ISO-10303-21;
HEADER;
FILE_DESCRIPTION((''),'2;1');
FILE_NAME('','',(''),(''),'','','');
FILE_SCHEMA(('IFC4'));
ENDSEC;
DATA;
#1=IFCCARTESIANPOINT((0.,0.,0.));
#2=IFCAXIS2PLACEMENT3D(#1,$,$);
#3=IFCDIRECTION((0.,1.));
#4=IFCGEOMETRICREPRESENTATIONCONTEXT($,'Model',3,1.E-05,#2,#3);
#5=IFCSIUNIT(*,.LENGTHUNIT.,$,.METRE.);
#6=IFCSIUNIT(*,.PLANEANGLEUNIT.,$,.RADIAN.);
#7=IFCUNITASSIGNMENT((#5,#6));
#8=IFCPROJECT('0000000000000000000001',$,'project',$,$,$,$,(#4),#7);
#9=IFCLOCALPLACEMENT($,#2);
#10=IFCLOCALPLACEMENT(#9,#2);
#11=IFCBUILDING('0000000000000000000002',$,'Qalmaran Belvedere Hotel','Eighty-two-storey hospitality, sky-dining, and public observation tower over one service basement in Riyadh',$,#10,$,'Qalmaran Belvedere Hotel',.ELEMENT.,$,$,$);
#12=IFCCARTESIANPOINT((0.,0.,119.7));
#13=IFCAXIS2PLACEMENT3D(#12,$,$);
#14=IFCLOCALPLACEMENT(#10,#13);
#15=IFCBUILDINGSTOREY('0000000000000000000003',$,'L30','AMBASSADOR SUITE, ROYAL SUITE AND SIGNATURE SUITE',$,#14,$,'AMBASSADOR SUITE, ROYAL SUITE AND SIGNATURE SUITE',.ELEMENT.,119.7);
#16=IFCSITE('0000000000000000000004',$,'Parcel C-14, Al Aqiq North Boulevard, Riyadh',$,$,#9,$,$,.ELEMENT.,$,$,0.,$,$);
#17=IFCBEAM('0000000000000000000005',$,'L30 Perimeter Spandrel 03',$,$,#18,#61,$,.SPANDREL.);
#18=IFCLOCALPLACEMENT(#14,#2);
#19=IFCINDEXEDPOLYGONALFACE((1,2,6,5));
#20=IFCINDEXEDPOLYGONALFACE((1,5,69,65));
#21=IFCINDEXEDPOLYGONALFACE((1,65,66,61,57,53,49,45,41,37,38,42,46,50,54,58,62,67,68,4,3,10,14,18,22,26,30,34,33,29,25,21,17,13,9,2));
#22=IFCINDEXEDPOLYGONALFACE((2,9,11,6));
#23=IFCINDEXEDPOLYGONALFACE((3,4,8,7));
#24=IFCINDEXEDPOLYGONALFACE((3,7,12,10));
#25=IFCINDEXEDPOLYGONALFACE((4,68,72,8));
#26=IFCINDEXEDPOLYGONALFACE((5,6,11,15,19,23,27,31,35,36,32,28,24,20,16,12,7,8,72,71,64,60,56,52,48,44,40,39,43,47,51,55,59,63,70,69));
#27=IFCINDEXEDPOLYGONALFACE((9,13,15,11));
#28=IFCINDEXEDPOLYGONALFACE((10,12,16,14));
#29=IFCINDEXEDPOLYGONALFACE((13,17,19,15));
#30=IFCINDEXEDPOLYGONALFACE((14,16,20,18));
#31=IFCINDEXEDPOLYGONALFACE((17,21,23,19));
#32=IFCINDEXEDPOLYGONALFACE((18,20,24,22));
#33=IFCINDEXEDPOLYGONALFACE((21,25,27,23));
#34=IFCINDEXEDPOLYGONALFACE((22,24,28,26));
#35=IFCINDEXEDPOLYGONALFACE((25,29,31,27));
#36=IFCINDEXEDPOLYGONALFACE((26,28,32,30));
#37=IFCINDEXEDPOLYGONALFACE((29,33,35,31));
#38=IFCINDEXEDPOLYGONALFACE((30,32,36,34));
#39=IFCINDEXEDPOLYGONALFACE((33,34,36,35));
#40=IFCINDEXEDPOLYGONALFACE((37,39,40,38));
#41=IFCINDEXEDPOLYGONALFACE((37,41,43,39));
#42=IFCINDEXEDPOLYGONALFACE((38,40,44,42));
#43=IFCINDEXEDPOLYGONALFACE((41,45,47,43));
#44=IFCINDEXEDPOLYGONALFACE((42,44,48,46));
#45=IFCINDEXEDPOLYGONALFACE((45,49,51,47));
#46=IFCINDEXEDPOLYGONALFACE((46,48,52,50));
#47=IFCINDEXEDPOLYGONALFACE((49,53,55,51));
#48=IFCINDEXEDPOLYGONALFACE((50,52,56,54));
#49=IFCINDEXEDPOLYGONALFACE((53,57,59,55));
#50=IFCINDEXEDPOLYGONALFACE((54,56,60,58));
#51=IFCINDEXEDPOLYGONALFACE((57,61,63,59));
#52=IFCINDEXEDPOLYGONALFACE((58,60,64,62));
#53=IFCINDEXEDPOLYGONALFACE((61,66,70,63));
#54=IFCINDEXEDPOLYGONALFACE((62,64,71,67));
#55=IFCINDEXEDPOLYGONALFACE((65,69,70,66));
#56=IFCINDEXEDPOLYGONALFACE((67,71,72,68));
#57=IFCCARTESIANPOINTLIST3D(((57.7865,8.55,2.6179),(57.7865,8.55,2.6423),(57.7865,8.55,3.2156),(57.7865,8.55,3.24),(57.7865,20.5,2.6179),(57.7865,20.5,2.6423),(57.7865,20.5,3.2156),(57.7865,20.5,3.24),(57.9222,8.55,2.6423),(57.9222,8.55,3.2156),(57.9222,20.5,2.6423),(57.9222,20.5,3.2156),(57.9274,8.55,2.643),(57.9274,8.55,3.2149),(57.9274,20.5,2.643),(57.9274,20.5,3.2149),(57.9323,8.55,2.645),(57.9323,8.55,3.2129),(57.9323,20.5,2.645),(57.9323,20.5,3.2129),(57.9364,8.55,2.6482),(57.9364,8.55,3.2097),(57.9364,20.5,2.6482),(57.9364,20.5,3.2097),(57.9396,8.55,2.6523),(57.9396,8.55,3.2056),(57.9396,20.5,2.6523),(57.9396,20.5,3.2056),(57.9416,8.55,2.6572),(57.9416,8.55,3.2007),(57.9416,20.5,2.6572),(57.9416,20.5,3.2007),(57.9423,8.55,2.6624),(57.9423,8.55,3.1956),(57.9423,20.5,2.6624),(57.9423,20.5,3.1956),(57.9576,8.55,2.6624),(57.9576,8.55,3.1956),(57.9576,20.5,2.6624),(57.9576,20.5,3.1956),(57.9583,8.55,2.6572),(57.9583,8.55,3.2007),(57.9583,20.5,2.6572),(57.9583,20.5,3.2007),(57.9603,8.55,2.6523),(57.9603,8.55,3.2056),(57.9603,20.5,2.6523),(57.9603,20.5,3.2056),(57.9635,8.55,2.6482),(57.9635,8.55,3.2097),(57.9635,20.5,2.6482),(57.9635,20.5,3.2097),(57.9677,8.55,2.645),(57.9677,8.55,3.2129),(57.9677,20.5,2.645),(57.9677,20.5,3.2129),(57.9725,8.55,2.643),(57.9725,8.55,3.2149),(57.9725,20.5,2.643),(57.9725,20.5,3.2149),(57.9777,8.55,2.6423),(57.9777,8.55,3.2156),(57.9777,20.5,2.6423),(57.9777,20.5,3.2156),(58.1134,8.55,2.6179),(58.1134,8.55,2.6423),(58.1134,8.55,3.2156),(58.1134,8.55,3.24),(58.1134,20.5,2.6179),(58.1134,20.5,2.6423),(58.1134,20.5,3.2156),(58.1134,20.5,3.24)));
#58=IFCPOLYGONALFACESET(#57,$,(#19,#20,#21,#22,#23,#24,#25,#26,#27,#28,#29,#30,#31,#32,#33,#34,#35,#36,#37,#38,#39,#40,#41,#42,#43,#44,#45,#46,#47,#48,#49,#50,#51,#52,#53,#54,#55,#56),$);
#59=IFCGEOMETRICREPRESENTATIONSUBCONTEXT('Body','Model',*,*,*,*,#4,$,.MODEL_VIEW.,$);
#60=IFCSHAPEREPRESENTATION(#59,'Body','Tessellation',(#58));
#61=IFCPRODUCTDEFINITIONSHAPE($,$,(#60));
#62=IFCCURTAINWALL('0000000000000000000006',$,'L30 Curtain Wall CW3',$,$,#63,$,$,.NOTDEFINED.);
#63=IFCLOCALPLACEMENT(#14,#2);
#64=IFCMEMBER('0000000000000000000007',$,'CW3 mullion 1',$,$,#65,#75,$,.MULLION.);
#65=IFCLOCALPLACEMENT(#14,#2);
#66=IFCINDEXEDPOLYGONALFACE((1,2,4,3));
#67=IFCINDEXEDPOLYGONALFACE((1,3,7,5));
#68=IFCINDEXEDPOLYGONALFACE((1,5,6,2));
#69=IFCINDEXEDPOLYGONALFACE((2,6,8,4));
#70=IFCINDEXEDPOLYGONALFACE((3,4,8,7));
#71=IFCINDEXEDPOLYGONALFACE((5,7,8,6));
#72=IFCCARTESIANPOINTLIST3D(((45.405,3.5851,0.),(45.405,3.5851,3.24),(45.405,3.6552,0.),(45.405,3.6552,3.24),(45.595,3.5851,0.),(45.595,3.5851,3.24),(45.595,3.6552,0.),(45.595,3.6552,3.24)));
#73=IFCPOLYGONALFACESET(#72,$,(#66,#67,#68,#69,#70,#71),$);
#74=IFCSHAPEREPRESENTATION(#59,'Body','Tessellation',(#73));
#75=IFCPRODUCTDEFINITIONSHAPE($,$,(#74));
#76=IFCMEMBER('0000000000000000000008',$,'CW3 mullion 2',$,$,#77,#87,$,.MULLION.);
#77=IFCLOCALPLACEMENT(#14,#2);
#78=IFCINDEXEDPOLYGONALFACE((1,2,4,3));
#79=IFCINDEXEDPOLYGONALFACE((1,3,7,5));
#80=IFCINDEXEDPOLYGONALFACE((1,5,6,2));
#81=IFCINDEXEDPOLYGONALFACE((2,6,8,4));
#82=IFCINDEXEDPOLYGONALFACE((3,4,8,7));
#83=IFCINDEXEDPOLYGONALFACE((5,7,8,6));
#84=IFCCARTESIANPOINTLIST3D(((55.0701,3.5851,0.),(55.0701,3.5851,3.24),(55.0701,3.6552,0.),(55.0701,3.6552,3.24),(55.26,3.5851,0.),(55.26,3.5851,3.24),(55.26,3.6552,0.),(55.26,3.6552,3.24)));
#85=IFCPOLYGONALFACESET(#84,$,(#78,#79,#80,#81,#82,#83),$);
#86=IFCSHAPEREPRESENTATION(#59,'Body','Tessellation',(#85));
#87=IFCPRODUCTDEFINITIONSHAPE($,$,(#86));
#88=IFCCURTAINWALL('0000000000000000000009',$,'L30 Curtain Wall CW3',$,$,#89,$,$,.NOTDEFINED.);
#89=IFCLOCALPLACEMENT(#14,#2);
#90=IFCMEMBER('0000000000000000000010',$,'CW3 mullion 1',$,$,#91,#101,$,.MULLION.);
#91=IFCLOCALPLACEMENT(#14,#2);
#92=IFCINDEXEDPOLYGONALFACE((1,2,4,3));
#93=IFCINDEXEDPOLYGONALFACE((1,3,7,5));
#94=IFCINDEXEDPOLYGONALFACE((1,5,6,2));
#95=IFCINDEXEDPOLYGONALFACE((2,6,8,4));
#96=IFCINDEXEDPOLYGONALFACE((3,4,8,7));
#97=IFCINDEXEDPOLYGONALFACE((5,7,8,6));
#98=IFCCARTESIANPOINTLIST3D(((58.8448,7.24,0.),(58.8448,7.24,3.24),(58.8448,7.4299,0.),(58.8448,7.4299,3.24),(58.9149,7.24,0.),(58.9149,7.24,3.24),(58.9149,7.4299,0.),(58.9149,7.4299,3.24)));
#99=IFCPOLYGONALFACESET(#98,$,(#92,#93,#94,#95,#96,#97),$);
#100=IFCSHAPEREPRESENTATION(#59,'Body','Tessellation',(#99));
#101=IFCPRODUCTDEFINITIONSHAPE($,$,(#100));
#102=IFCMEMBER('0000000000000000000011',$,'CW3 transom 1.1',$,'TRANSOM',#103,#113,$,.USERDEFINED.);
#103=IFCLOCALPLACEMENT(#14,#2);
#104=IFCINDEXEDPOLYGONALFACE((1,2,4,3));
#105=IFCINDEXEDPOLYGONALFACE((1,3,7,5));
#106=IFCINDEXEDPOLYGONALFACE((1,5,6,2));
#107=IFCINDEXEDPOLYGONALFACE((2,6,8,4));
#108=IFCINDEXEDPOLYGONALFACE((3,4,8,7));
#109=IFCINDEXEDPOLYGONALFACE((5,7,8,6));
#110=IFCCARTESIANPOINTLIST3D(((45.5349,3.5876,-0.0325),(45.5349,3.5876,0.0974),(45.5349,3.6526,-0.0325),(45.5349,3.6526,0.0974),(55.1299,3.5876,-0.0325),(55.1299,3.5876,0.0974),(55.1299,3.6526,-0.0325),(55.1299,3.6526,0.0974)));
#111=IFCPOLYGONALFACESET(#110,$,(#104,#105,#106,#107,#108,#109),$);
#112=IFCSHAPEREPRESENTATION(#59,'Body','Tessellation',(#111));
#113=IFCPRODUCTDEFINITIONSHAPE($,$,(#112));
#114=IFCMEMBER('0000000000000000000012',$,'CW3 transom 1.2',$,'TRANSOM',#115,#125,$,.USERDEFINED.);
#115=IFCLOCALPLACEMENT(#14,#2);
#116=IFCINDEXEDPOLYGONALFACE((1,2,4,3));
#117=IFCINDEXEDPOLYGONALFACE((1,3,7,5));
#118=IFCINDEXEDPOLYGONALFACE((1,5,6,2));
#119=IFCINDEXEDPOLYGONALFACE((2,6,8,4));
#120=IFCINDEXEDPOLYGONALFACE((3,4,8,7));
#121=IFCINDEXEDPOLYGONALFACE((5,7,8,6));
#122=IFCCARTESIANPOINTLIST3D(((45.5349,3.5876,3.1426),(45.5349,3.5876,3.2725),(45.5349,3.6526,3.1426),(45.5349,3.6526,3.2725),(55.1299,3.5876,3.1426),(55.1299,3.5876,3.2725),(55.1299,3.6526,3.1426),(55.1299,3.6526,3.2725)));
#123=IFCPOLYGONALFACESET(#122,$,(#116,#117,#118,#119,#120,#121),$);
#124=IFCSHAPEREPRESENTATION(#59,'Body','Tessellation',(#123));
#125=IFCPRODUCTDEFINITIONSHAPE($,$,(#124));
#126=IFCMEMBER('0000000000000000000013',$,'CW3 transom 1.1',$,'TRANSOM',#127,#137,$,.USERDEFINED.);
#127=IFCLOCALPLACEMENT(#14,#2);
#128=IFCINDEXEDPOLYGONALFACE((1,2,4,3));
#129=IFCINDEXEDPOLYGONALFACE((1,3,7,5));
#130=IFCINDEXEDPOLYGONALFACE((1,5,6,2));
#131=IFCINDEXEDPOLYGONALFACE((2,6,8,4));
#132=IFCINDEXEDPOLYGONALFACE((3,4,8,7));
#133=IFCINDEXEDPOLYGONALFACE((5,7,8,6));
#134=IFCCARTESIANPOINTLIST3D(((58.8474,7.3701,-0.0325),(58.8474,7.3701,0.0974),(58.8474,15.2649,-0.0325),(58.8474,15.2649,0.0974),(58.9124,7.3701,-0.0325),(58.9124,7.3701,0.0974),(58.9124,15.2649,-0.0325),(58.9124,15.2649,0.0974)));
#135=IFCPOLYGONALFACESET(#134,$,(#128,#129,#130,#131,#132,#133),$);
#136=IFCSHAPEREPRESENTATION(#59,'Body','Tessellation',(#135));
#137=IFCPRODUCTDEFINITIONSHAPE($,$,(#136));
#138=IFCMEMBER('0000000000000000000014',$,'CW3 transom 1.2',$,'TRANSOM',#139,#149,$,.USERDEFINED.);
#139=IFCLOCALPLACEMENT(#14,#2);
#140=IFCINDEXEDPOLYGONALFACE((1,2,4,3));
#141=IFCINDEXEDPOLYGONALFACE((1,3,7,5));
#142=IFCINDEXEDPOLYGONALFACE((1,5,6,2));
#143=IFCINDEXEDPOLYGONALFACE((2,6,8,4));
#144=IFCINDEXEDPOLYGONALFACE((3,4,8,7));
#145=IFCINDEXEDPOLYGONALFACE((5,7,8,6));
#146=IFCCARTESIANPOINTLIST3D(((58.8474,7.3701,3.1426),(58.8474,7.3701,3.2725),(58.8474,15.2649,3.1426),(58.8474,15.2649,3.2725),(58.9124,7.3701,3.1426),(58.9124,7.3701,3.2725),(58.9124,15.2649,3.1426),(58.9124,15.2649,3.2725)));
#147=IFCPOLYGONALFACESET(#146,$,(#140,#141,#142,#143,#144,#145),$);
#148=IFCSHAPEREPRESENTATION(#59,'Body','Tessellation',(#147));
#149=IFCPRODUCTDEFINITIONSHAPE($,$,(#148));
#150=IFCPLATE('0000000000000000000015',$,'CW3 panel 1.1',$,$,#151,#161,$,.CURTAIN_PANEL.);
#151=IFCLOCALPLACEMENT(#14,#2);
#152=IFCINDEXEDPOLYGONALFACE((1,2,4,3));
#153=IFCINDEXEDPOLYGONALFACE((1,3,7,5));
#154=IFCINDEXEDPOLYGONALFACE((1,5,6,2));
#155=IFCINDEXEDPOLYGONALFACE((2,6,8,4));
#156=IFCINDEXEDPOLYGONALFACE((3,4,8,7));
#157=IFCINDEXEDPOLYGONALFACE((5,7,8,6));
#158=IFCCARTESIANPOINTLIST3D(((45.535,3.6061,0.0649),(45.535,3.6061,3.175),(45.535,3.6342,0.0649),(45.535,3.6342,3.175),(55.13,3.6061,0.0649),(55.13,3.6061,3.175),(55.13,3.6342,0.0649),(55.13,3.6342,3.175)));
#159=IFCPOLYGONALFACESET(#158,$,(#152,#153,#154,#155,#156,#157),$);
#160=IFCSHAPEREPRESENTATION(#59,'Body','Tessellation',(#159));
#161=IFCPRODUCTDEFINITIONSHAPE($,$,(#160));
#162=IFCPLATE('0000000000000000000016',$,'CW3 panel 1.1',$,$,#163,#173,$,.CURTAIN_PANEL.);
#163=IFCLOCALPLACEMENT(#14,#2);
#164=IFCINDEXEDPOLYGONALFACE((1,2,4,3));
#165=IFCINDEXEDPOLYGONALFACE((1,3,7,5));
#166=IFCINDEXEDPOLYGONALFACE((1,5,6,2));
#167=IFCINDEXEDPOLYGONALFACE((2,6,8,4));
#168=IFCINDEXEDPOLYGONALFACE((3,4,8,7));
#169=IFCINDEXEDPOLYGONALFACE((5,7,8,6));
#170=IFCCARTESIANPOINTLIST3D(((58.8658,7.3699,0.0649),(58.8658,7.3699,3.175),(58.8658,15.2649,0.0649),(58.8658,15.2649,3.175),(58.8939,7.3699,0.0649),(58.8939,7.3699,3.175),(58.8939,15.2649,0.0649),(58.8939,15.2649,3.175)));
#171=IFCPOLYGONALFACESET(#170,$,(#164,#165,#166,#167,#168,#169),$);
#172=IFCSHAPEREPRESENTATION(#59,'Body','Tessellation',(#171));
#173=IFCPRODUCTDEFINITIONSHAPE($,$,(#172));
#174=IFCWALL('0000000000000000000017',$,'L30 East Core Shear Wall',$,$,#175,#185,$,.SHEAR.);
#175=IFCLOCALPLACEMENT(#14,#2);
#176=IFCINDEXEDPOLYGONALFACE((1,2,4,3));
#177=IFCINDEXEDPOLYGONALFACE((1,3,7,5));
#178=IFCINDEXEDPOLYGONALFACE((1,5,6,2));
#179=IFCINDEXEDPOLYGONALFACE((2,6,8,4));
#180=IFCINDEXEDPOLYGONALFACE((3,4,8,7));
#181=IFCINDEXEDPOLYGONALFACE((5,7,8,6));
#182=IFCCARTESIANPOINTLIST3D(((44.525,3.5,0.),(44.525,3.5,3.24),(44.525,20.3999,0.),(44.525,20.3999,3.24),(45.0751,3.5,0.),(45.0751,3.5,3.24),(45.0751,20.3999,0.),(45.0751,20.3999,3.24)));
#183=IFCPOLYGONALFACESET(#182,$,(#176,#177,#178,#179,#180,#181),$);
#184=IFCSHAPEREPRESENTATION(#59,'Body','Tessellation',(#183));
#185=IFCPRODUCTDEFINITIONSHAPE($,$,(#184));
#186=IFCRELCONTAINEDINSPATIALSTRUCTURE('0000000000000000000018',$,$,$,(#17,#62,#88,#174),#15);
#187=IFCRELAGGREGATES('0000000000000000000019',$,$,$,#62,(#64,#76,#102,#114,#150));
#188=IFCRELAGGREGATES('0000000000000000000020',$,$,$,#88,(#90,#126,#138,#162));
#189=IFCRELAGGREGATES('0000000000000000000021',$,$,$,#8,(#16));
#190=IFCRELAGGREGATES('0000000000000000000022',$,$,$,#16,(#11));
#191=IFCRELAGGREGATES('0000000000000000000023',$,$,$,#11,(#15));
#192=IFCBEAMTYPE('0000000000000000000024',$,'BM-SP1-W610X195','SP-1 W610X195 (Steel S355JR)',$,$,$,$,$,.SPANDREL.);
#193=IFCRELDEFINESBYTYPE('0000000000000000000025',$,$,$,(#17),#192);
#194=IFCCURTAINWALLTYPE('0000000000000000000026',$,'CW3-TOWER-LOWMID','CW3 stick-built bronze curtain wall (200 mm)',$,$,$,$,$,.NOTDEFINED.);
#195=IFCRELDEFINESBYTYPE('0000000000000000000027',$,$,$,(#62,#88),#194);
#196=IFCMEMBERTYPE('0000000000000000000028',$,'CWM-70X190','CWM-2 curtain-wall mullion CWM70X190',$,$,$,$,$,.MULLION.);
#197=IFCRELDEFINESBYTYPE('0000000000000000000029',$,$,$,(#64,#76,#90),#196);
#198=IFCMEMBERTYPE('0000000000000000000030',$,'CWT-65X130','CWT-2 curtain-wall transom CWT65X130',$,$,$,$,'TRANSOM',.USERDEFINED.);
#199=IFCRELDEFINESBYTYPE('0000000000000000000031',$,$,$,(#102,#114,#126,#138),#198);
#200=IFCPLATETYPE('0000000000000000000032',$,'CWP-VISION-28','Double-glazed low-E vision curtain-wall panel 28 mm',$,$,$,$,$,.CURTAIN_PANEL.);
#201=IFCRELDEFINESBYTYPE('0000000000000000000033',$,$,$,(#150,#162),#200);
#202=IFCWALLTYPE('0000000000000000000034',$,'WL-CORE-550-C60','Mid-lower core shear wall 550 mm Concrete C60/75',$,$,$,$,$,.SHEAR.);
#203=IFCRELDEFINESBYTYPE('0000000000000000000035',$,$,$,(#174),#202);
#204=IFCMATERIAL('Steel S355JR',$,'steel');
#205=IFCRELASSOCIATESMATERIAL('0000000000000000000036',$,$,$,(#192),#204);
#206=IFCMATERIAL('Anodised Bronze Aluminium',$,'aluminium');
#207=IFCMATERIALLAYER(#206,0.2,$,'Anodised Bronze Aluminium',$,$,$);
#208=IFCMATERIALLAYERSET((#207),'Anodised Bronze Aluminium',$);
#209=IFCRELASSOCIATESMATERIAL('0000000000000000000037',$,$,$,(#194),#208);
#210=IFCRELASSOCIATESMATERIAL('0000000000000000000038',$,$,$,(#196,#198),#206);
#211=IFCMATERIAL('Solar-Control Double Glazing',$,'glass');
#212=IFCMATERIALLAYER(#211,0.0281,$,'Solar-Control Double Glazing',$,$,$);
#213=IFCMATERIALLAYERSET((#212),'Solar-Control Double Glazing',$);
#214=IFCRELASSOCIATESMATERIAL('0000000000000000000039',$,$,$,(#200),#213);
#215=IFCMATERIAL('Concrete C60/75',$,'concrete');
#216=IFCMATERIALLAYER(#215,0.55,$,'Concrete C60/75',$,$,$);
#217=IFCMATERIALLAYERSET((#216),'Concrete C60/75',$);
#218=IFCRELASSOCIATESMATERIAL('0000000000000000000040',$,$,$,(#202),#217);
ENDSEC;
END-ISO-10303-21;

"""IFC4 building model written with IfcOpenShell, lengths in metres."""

from ifc_helpers import new_model, si_unit, direction, frame, frame_2d, origin, origin_2d, place, context, subcontext, project, spatial, rectangle, i_section, extrude, material, layer, layer_set, material_profile, profile_set, type_object, element, aggregate, save


model = new_model("IFC4")

# Units and contexts
model_context = context("Model", 3, precision=1e-05, world=origin(), true_north=direction((0.0, 1.0)))
body_context = subcontext(model_context, "Body", "Model", "MODEL_VIEW")
ifc_project = project(units=[si_unit("LENGTHUNIT", "METRE"), si_unit("PLANEANGLEUNIT", "RADIAN")], contexts=[model_context])

# Site, building, storey
site_placement = place(None, origin())
site = spatial("IfcSite", under=ifc_project, at=site_placement, Name="Parcel C-14, Al Aqiq North Boulevard, Riyadh", CompositionType="ELEMENT", RefElevation=0.0)
building_placement = place(site_placement, origin())
building = spatial("IfcBuilding", under=site, at=building_placement, Name="Qalmaran Belvedere Hotel", Description="Eighty-two-storey hospitality, sky-dining, and public observation tower over one service basement in Riyadh", LongName="Qalmaran Belvedere Hotel", CompositionType="ELEMENT")
storey_placement = place(building_placement, frame((0.0, 0.0, 119.7)))
storey = spatial("IfcBuildingStorey", under=building, at=storey_placement, Name="L30", Description="AMBASSADOR SUITE, ROYAL SUITE AND SIGNATURE SUITE", LongName="AMBASSADOR SUITE, ROYAL SUITE AND SIGNATURE SUITE", CompositionType="ELEMENT", Elevation=119.7)

# Shared definitions
ifc_material_1 = material(Name="Concrete C60/75", Category="concrete")

# Beam
ifc_material_2 = material(Name="Steel S355JR", Category="steel")
ifc_material_profile_1 = material_profile(ifc_material_2, i_section(OverallWidth=0.3269, OverallDepth=0.6221, WebThickness=0.0154, FlangeThickness=0.0244, FilletRadius=0.02, at=origin_2d()), Name="W610X195")
ifc_profile_set_1 = profile_set([ifc_material_profile_1], Name="Steel S355JR")
beam_type_1 = type_object("IfcBeamType", Name="BM-SP1-W610X195", Description="SP-1 W610X195 (Steel S355JR)", PredefinedType="SPANDREL", material=ifc_profile_set_1)
beam_1_placement = place(storey_placement, frame((57.95, 8.55, 2.929), z_axis=(0.0, 1.0, 0.0), x_axis=(-1.0, 0.0, 0.0)))
element("IfcBeam", 1, at=beam_1_placement, inside=storey, type_object=beam_type_1, Name="L30 Perimeter Spandrel 03", PredefinedType="SPANDREL", context=body_context, shape_type="SweptSolid", body=[
    extrude(i_section(OverallWidth=0.3269, OverallDepth=0.6221, WebThickness=0.0154, FlangeThickness=0.0244, FilletRadius=0.02, at=origin_2d()), origin(), (0.0, 0.0, 1.0), 11.95),
])

# Curtain wall, members
ifc_material_3 = material(Name="Anodised Bronze Aluminium", Category="aluminium")
ifc_layer_1 = layer(ifc_material_3, 0.2, Name="Anodised Bronze Aluminium")
ifc_layer_set_1 = layer_set([ifc_layer_1], Name="Anodised Bronze Aluminium")
curtain_wall_type = type_object("IfcCurtainWallType", Name="CW3-TOWER-LOWMID", Description="CW3 stick-built bronze curtain wall (200 mm)", PredefinedType="NOTDEFINED", material=ifc_layer_set_1)
curtain_wall_1_placement = place(storey_placement, origin())
curtain_wall_1 = element("IfcCurtainWall", 2, at=curtain_wall_1_placement, inside=storey, type_object=curtain_wall_type, Name="L30 Curtain Wall CW3", PredefinedType="NOTDEFINED")
ifc_material_profile_2 = material_profile(ifc_material_3, rectangle(XDim=0.0701, YDim=0.1899, at=origin_2d()), Name="CWM70X190")
ifc_profile_set_2 = profile_set([ifc_material_profile_2], Name="Anodised Bronze Aluminium")
member_type_1 = type_object("IfcMemberType", Name="CWM-70X190", Description="CWM-2 curtain-wall mullion CWM70X190", PredefinedType="MULLION", material=ifc_profile_set_2)
member_1_placement = place(storey_placement, frame((45.5, 3.6201, 0.0), z_axis=(0.0, 0.0, 1.0), x_axis=(0.0, 1.0, 0.0)))
member_1 = element("IfcMember", 3, at=member_1_placement, type_object=member_type_1, Name="CW3 mullion 1", PredefinedType="MULLION", context=body_context, shape_type="SweptSolid", body=[
    extrude(rectangle(XDim=0.0701, YDim=0.1899, at=origin_2d()), origin(), (0.0, 0.0, 1.0), 3.24),
])
member_2_placement = place(storey_placement, frame((55.165, 3.6201, 0.0), z_axis=(0.0, 0.0, 1.0), x_axis=(0.0, 1.0, 0.0)))
member_2 = element("IfcMember", 4, at=member_2_placement, type_object=member_type_1, Name="CW3 mullion 2", PredefinedType="MULLION", context=body_context, shape_type="SweptSolid", body=[
    extrude(rectangle(XDim=0.0701, YDim=0.1899, at=origin_2d()), origin(), (0.0, 0.0, 1.0), 3.24),
])

# Curtain wall, member
curtain_wall_2_placement = place(storey_placement, origin())
curtain_wall_2 = element("IfcCurtainWall", 5, at=curtain_wall_2_placement, inside=storey, type_object=curtain_wall_type, Name="L30 Curtain Wall CW3", PredefinedType="NOTDEFINED")
member_3_placement = place(storey_placement, frame((58.8799, 7.335, 0.0), z_axis=(0.0, 0.0, 1.0), x_axis=(-1.0, 0.0, 0.0)))
member_3 = element("IfcMember", 6, at=member_3_placement, type_object=member_type_1, Name="CW3 mullion 1", PredefinedType="MULLION", context=body_context, shape_type="SweptSolid", body=[
    extrude(rectangle(XDim=0.0701, YDim=0.1899, at=origin_2d()), origin(), (0.0, 0.0, 1.0), 3.24),
])

# Members
ifc_material_profile_3 = material_profile(ifc_material_3, rectangle(XDim=0.0649, YDim=0.1299, at=origin_2d()), Name="CWT65X130")
ifc_profile_set_3 = profile_set([ifc_material_profile_3], Name="Anodised Bronze Aluminium")
member_type_2 = type_object("IfcMemberType", Name="CWT-65X130", Description="CWT-2 curtain-wall transom CWT65X130", ElementType="TRANSOM", PredefinedType="USERDEFINED", material=ifc_profile_set_3)
member_4_placement = place(storey_placement, frame((45.5349, 3.6201, 0.0325), z_axis=(1.0, 0.0, 0.0), x_axis=(0.0, 1.0, 0.0)))
member_4 = element("IfcMember", 7, at=member_4_placement, type_object=member_type_2, Name="CW3 transom 1.1", ObjectType="TRANSOM", PredefinedType="USERDEFINED", context=body_context, shape_type="SweptSolid", body=[
    extrude(rectangle(XDim=0.0649, YDim=0.1299, at=origin_2d()), origin(), (0.0, 0.0, 1.0), 9.595),
])
member_5_placement = place(storey_placement, frame((45.5349, 3.6201, 3.2075), z_axis=(1.0, 0.0, 0.0), x_axis=(0.0, 1.0, 0.0)))
member_5 = element("IfcMember", 8, at=member_5_placement, type_object=member_type_2, Name="CW3 transom 1.2", ObjectType="TRANSOM", PredefinedType="USERDEFINED", context=body_context, shape_type="SweptSolid", body=[
    extrude(rectangle(XDim=0.0649, YDim=0.1299, at=origin_2d()), origin(), (0.0, 0.0, 1.0), 9.595),
])
member_6_placement = place(storey_placement, frame((58.8799, 7.3701, 0.0325), z_axis=(0.0, 1.0, 0.0), x_axis=(-1.0, 0.0, 0.0)))
member_6 = element("IfcMember", 9, at=member_6_placement, type_object=member_type_2, Name="CW3 transom 1.1", ObjectType="TRANSOM", PredefinedType="USERDEFINED", context=body_context, shape_type="SweptSolid", body=[
    extrude(rectangle(XDim=0.0649, YDim=0.1299, at=origin_2d()), origin(), (0.0, 0.0, 1.0), 7.8948),
])
member_7_placement = place(storey_placement, frame((58.8799, 7.3701, 3.2075), z_axis=(0.0, 1.0, 0.0), x_axis=(-1.0, 0.0, 0.0)))
member_7 = element("IfcMember", 10, at=member_7_placement, type_object=member_type_2, Name="CW3 transom 1.2", ObjectType="TRANSOM", PredefinedType="USERDEFINED", context=body_context, shape_type="SweptSolid", body=[
    extrude(rectangle(XDim=0.0649, YDim=0.1299, at=origin_2d()), origin(), (0.0, 0.0, 1.0), 7.8948),
])

# Plates
ifc_material_4 = material(Name="Solar-Control Double Glazing", Category="glass")
ifc_layer_2 = layer(ifc_material_4, 0.0281, Name="Solar-Control Double Glazing")
ifc_layer_set_2 = layer_set([ifc_layer_2], Name="Solar-Control Double Glazing")
plate_type = type_object("IfcPlateType", Name="CWP-VISION-28", Description="Double-glazed low-E vision curtain-wall panel 28 mm", PredefinedType="CURTAIN_PANEL", material=ifc_layer_set_2)
plate_1_placement = place(storey_placement, frame((50.3325, 3.6201, 0.0649), z_axis=(0.0, 0.0, 1.0), x_axis=(1.0, 0.0, 0.0)))
plate_1 = element("IfcPlate", 11, at=plate_1_placement, type_object=plate_type, Name="CW3 panel 1.1", PredefinedType="CURTAIN_PANEL", context=body_context, shape_type="SweptSolid", body=[
    extrude(rectangle(XDim=9.595, YDim=0.0281, at=origin_2d()), origin(), (0.0, 0.0, 1.0), 3.1101),
])
aggregate(curtain_wall_1, [member_1, member_2, member_4, member_5, plate_1])
plate_2_placement = place(storey_placement, frame((58.8799, 11.3174, 0.0649), z_axis=(0.0, 0.0, 1.0), x_axis=(0.0, 1.0, 0.0)))
plate_2 = element("IfcPlate", 12, at=plate_2_placement, type_object=plate_type, Name="CW3 panel 1.1", PredefinedType="CURTAIN_PANEL", context=body_context, shape_type="SweptSolid", body=[
    extrude(rectangle(XDim=7.895, YDim=0.0281, at=origin_2d()), origin(), (0.0, 0.0, 1.0), 3.1101),
])
aggregate(curtain_wall_2, [member_3, member_6, member_7, plate_2])

# Wall
ifc_layer_3 = layer(ifc_material_1, 0.55, Name="Concrete C60/75")
ifc_layer_set_3 = layer_set([ifc_layer_3], Name="Concrete C60/75")
wall_type_1 = type_object("IfcWallType", Name="WL-CORE-550-C60", Description="Mid-lower core shear wall 550 mm Concrete C60/75", PredefinedType="SHEAR", material=ifc_layer_set_3)
wall_1_placement = place(storey_placement, frame((44.8, 3.5, 0.0), z_axis=(0.0, 0.0, 1.0), x_axis=(0.0, 1.0, 0.0)))
element("IfcWall", 13, at=wall_1_placement, inside=storey, type_object=wall_type_1, Name="L30 East Core Shear Wall", PredefinedType="SHEAR", context=body_context, shape_type="SweptSolid", body=[
    extrude(rectangle(XDim=16.8999, YDim=0.55, at=frame_2d((8.45, 0.0))), origin(), (0.0, 0.0, 1.0), 3.24),
])

save(model, "model.ifc")
